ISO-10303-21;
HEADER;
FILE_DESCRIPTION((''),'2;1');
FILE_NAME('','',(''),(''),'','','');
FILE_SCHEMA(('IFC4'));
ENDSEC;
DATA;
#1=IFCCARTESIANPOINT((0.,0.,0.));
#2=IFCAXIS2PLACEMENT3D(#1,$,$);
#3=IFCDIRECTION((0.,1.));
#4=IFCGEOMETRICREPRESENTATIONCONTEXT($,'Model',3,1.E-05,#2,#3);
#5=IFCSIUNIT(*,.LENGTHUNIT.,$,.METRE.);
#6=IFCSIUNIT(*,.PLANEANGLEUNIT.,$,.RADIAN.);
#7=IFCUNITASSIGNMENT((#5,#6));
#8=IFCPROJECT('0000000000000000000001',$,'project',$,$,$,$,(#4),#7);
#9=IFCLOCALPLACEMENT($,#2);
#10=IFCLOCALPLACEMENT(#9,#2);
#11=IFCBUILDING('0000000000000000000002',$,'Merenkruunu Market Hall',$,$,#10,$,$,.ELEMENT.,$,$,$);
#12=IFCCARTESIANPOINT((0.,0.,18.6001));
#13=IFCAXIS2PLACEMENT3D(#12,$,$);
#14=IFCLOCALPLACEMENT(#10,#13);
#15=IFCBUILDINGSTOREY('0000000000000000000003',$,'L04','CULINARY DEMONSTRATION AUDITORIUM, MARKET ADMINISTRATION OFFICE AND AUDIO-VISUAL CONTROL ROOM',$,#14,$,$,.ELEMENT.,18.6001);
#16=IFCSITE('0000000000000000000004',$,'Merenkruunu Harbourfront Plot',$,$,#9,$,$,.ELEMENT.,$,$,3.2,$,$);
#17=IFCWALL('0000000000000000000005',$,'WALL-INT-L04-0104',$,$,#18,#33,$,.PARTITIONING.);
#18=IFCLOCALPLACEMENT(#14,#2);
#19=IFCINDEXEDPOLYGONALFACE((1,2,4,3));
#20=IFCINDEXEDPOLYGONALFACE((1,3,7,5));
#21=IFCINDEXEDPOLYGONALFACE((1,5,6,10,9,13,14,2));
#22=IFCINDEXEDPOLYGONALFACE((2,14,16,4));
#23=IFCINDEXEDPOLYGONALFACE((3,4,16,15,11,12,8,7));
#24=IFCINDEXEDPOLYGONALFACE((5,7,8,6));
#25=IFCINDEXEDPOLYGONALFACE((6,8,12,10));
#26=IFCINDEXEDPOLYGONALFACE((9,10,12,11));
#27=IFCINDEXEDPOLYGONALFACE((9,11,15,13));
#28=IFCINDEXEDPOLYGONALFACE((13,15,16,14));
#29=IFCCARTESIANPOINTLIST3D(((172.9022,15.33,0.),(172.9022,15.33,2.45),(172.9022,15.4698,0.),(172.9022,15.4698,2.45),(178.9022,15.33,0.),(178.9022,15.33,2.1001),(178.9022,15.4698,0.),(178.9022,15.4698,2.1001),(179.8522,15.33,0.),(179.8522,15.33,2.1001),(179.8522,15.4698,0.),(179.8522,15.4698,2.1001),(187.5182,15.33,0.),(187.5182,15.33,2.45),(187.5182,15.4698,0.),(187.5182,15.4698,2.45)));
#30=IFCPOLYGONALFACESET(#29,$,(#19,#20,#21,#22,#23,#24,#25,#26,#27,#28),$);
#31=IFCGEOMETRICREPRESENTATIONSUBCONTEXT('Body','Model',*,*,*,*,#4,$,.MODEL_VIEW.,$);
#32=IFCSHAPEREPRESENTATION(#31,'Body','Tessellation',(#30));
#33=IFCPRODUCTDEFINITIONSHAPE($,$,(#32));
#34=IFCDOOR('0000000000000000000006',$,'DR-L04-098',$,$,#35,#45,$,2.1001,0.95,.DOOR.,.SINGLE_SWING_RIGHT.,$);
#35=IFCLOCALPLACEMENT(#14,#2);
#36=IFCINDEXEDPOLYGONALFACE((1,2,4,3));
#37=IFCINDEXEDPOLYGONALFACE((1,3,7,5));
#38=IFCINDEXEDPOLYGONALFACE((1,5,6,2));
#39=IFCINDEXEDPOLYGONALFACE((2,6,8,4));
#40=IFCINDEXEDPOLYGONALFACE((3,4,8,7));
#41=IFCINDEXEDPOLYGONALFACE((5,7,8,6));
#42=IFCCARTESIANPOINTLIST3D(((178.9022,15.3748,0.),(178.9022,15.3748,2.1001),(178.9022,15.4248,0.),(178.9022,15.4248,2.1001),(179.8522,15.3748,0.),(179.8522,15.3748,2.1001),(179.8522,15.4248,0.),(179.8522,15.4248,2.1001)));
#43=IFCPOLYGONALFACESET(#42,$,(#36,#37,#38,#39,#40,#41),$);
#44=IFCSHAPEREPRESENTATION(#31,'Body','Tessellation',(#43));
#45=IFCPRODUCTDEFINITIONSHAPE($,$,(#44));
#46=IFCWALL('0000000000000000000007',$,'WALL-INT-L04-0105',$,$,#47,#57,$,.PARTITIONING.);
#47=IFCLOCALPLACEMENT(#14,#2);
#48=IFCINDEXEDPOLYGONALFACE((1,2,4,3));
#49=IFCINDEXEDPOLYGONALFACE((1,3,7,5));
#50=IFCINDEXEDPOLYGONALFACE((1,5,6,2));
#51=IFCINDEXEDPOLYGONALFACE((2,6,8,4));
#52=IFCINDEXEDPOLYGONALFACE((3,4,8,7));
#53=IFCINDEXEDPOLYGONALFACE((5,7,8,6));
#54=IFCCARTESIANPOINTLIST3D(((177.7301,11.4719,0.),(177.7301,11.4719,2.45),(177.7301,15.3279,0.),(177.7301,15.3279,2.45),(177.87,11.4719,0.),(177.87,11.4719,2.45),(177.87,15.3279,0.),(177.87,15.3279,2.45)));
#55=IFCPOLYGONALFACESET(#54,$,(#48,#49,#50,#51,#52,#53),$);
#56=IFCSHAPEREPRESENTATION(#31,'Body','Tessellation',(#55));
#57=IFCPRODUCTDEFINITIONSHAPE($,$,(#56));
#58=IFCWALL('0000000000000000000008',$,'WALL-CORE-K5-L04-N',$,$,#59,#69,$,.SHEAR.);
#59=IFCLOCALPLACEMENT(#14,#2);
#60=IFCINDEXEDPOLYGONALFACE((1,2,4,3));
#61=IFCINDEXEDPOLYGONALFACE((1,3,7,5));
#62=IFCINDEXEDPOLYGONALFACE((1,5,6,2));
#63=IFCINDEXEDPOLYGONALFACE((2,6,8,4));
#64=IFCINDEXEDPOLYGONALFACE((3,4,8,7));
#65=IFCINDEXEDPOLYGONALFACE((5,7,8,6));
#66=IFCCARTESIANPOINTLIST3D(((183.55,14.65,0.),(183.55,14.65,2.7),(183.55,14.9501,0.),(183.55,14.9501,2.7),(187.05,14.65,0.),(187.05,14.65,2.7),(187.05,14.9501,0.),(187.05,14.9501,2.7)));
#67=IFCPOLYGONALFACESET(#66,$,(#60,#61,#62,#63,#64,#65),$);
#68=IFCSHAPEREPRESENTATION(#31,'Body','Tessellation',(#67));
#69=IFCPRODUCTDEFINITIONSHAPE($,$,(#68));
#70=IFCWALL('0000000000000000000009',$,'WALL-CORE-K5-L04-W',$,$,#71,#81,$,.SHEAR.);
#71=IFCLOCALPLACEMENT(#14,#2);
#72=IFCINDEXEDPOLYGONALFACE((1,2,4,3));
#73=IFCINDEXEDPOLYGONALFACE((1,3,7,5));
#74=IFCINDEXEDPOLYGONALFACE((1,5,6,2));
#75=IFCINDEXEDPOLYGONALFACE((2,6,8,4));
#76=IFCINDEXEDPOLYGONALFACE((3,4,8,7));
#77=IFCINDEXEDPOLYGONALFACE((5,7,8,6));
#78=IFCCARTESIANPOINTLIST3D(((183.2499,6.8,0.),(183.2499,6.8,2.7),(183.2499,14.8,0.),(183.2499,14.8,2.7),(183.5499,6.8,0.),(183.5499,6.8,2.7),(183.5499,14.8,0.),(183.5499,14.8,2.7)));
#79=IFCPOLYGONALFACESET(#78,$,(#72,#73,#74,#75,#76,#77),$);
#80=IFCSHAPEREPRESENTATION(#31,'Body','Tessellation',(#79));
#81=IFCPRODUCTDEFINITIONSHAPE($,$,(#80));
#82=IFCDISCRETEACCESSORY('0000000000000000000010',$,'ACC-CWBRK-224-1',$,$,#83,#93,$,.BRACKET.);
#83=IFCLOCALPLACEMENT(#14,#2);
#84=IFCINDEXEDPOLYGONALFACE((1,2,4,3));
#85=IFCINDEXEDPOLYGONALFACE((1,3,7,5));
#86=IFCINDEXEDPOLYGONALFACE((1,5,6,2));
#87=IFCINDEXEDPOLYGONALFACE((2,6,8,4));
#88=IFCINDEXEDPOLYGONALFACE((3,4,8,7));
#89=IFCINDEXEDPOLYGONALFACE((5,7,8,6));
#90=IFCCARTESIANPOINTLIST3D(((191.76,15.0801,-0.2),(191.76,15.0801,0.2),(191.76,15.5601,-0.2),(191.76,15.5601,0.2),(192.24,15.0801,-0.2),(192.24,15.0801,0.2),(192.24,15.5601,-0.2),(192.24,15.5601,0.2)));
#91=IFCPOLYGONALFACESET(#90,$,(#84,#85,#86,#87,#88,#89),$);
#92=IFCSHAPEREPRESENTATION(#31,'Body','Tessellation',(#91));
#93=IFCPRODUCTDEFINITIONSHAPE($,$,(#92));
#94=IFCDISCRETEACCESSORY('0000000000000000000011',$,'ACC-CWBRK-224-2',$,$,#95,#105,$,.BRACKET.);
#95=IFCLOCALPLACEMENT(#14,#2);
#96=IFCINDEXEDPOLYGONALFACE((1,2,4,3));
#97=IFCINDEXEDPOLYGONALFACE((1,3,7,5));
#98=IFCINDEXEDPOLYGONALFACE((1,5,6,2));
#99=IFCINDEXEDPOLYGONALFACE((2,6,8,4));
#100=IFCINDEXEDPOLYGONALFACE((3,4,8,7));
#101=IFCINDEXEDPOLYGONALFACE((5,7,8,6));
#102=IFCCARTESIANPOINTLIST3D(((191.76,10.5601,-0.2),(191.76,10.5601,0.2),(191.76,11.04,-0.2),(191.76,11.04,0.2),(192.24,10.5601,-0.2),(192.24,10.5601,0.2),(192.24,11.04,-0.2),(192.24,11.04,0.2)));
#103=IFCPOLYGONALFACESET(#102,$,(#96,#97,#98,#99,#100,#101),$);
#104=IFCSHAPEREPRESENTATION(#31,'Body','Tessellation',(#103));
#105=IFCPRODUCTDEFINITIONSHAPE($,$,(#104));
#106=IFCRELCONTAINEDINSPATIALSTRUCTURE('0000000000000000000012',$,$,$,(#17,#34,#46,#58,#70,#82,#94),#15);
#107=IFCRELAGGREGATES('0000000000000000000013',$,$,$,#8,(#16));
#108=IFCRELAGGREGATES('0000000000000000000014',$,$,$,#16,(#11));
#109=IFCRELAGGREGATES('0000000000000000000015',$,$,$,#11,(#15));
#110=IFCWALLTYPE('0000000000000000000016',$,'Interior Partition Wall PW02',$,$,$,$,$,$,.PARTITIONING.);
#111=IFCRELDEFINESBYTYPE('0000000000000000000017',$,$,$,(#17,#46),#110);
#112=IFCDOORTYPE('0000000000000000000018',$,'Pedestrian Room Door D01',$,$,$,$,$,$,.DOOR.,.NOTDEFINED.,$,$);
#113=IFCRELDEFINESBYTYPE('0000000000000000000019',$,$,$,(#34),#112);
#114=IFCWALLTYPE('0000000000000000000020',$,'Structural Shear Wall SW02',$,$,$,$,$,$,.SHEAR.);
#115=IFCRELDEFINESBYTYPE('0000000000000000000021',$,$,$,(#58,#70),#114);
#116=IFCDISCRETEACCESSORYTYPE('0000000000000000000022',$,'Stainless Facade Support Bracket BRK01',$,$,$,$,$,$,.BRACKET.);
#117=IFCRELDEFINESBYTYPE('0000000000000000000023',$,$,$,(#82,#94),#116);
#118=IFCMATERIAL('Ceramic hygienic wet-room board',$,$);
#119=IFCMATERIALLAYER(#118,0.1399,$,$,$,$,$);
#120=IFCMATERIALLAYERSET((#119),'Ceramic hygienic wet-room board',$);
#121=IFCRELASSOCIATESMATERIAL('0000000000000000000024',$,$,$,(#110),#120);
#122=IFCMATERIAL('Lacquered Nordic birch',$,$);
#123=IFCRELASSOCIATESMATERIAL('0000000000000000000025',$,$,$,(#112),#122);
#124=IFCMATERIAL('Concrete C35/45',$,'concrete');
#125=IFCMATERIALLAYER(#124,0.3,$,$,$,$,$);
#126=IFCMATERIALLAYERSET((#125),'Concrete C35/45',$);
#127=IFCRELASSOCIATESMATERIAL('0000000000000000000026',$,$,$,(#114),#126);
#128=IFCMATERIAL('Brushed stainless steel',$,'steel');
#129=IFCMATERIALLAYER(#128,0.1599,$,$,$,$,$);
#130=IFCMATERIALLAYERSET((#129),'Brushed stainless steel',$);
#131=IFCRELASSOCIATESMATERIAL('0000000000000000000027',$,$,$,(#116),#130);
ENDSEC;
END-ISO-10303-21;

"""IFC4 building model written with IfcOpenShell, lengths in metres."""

from ifc_helpers import new_model, si_unit, direction, frame, frame_2d, origin, origin_2d, place, context, subcontext, project, spatial, rectangle, extrude, material, layer, layer_set, type_object, element, fill, save


model = new_model("IFC4")

# Units and contexts
model_context = context("Model", 3, precision=1e-05, world=origin(), true_north=direction((0.0, 1.0)))
body_context = subcontext(model_context, "Body", "Model", "MODEL_VIEW")
ifc_project = project(units=[si_unit("LENGTHUNIT", "METRE"), si_unit("PLANEANGLEUNIT", "RADIAN")], contexts=[model_context])

# Site, building, storey
site_placement = place(None, origin())
site = spatial("IfcSite", under=ifc_project, at=site_placement, Name="Merenkruunu Harbourfront Plot", CompositionType="ELEMENT", RefElevation=3.2)
building_placement = place(site_placement, origin())
building = spatial("IfcBuilding", under=site, at=building_placement, Name="Merenkruunu Market Hall", CompositionType="ELEMENT")
storey_placement = place(building_placement, frame((0.0, 0.0, 18.6001)))
storey = spatial("IfcBuildingStorey", under=building, at=storey_placement, Name="L04", Description="CULINARY DEMONSTRATION AUDITORIUM, MARKET ADMINISTRATION OFFICE AND AUDIO-VISUAL CONTROL ROOM", CompositionType="ELEMENT", Elevation=18.6001)

# Shared definitions
ifc_material_1 = material(Name="Ceramic hygienic wet-room board")
ifc_layer_1 = layer(ifc_material_1, 0.1399)
ifc_layer_set_1 = layer_set([ifc_layer_1], Name="Ceramic hygienic wet-room board")
wall_type_1 = type_object("IfcWallType", Name="Interior Partition Wall PW02", PredefinedType="PARTITIONING", material=ifc_layer_set_1)

# Wall, opening, door
wall_1_placement = place(storey_placement, frame((172.9021, 15.3999, 0.0), z_axis=(0.0, 0.0, 1.0), x_axis=(1.0, 0.0, 0.0)))
wall_1 = element("IfcWall", 1, at=wall_1_placement, inside=storey, type_object=wall_type_1, Name="WALL-INT-L04-0104", PredefinedType="PARTITIONING", context=body_context, shape_type="SweptSolid", body=[
    extrude(rectangle(XDim=14.616, YDim=0.1399, at=frame_2d((7.3081, 0.0))), origin(), (0.0, 0.0, 1.0), 2.45),
])
opening_placement = place(wall_1_placement, frame((6.0, 0.0, 0.0)))
opening = element("IfcOpeningElement", 2, at=opening_placement, cuts=wall_1, PredefinedType="OPENING", context=body_context, shape_type="SweptSolid", body=[
    extrude(rectangle(XDim=0.95, YDim=2.1001, at=frame_2d((0.4751, 1.05))), frame((0.0, 0.0801, 0.0), z_axis=(0.0, -1.0, 0.0), x_axis=(1.0, 0.0, 0.0)), (0.0, 0.0, 1.0), 0.1599),
])
ifc_material_2 = material(Name="Lacquered Nordic birch")
door_type = type_object("IfcDoorType", Name="Pedestrian Room Door D01", OperationType="NOTDEFINED", PredefinedType="DOOR", material=ifc_material_2)
door_placement = place(opening_placement, origin())
door = element("IfcDoor", 3, at=door_placement, inside=storey, type_object=door_type, Name="DR-L04-098", OperationType="SINGLE_SWING_RIGHT", OverallHeight=2.1001, OverallWidth=0.95, PredefinedType="DOOR", context=body_context, shape_type="SweptSolid", body=[
    extrude(rectangle(XDim=0.95, YDim=2.1001, at=frame_2d((0.4751, 1.05))), frame((0.0, 0.0249, 0.0), z_axis=(0.0, -1.0, 0.0), x_axis=(1.0, 0.0, 0.0)), (0.0, 0.0, 1.0), 0.05),
])
fill(opening, door)

# Walls
wall_2_placement = place(storey_placement, frame((177.8, 11.4719, 0.0), z_axis=(0.0, 0.0, 1.0), x_axis=(0.0, 1.0, 0.0)))
element("IfcWall", 4, at=wall_2_placement, inside=storey, type_object=wall_type_1, Name="WALL-INT-L04-0105", PredefinedType="PARTITIONING", context=body_context, shape_type="SweptSolid", body=[
    extrude(rectangle(XDim=3.856, YDim=0.1399, at=frame_2d((1.928, 0.0))), origin(), (0.0, 0.0, 1.0), 2.45),
])
ifc_material_3 = material(Name="Concrete C35/45", Category="concrete")
ifc_layer_2 = layer(ifc_material_3, 0.3)
ifc_layer_set_2 = layer_set([ifc_layer_2], Name="Concrete C35/45")
wall_type_2 = type_object("IfcWallType", Name="Structural Shear Wall SW02", PredefinedType="SHEAR", material=ifc_layer_set_2)
wall_3_placement = place(storey_placement, frame((187.05, 14.8, 0.0), z_axis=(0.0, 0.0, 1.0), x_axis=(-1.0, 0.0, 0.0)))
element("IfcWall", 5, at=wall_3_placement, inside=storey, type_object=wall_type_2, Name="WALL-CORE-K5-L04-N", PredefinedType="SHEAR", context=body_context, shape_type="SweptSolid", body=[
    extrude(rectangle(XDim=3.5, YDim=0.3, at=frame_2d((1.75, 0.0))), origin(), (0.0, 0.0, 1.0), 2.7),
])
wall_4_placement = place(storey_placement, frame((183.3999, 14.8, 0.0), z_axis=(0.0, 0.0, 1.0), x_axis=(0.0, -1.0, 0.0)))
element("IfcWall", 6, at=wall_4_placement, inside=storey, type_object=wall_type_2, Name="WALL-CORE-K5-L04-W", PredefinedType="SHEAR", context=body_context, shape_type="SweptSolid", body=[
    extrude(rectangle(XDim=8.0, YDim=0.3, at=frame_2d((4.0, 0.0))), origin(), (0.0, 0.0, 1.0), 2.7),
])

# Discrete accessories
ifc_material_4 = material(Name="Brushed stainless steel", Category="steel")
ifc_layer_3 = layer(ifc_material_4, 0.1599)
ifc_layer_set_3 = layer_set([ifc_layer_3], Name="Brushed stainless steel")
discrete_accessory_type = type_object("IfcDiscreteAccessoryType", Name="Stainless Facade Support Bracket BRK01", PredefinedType="BRACKET", material=ifc_layer_set_3)
for number, where, z_axis, x_axis, name in (
    (7, (192.0, 15.3201, -0.2), (0.0, 0.0, 1.0), (1.0, 0.0, 0.0), "ACC-CWBRK-224-1"),
    (8, (192.0, 10.8, -0.2), (0.0, 0.0, 1.0), (1.0, 0.0, 0.0), "ACC-CWBRK-224-2"),
):
    element("IfcDiscreteAccessory", number, at=place(storey_placement, frame(where, z_axis=z_axis, x_axis=x_axis)), inside=storey, type_object=discrete_accessory_type, Name=name, PredefinedType="BRACKET", context=body_context, shape_type="SweptSolid", body=[
        extrude(rectangle(XDim=0.48, YDim=0.48, at=origin_2d()), origin(), (0.0, 0.0, 1.0), 0.3999),
    ])

save(model, "model.ifc")
